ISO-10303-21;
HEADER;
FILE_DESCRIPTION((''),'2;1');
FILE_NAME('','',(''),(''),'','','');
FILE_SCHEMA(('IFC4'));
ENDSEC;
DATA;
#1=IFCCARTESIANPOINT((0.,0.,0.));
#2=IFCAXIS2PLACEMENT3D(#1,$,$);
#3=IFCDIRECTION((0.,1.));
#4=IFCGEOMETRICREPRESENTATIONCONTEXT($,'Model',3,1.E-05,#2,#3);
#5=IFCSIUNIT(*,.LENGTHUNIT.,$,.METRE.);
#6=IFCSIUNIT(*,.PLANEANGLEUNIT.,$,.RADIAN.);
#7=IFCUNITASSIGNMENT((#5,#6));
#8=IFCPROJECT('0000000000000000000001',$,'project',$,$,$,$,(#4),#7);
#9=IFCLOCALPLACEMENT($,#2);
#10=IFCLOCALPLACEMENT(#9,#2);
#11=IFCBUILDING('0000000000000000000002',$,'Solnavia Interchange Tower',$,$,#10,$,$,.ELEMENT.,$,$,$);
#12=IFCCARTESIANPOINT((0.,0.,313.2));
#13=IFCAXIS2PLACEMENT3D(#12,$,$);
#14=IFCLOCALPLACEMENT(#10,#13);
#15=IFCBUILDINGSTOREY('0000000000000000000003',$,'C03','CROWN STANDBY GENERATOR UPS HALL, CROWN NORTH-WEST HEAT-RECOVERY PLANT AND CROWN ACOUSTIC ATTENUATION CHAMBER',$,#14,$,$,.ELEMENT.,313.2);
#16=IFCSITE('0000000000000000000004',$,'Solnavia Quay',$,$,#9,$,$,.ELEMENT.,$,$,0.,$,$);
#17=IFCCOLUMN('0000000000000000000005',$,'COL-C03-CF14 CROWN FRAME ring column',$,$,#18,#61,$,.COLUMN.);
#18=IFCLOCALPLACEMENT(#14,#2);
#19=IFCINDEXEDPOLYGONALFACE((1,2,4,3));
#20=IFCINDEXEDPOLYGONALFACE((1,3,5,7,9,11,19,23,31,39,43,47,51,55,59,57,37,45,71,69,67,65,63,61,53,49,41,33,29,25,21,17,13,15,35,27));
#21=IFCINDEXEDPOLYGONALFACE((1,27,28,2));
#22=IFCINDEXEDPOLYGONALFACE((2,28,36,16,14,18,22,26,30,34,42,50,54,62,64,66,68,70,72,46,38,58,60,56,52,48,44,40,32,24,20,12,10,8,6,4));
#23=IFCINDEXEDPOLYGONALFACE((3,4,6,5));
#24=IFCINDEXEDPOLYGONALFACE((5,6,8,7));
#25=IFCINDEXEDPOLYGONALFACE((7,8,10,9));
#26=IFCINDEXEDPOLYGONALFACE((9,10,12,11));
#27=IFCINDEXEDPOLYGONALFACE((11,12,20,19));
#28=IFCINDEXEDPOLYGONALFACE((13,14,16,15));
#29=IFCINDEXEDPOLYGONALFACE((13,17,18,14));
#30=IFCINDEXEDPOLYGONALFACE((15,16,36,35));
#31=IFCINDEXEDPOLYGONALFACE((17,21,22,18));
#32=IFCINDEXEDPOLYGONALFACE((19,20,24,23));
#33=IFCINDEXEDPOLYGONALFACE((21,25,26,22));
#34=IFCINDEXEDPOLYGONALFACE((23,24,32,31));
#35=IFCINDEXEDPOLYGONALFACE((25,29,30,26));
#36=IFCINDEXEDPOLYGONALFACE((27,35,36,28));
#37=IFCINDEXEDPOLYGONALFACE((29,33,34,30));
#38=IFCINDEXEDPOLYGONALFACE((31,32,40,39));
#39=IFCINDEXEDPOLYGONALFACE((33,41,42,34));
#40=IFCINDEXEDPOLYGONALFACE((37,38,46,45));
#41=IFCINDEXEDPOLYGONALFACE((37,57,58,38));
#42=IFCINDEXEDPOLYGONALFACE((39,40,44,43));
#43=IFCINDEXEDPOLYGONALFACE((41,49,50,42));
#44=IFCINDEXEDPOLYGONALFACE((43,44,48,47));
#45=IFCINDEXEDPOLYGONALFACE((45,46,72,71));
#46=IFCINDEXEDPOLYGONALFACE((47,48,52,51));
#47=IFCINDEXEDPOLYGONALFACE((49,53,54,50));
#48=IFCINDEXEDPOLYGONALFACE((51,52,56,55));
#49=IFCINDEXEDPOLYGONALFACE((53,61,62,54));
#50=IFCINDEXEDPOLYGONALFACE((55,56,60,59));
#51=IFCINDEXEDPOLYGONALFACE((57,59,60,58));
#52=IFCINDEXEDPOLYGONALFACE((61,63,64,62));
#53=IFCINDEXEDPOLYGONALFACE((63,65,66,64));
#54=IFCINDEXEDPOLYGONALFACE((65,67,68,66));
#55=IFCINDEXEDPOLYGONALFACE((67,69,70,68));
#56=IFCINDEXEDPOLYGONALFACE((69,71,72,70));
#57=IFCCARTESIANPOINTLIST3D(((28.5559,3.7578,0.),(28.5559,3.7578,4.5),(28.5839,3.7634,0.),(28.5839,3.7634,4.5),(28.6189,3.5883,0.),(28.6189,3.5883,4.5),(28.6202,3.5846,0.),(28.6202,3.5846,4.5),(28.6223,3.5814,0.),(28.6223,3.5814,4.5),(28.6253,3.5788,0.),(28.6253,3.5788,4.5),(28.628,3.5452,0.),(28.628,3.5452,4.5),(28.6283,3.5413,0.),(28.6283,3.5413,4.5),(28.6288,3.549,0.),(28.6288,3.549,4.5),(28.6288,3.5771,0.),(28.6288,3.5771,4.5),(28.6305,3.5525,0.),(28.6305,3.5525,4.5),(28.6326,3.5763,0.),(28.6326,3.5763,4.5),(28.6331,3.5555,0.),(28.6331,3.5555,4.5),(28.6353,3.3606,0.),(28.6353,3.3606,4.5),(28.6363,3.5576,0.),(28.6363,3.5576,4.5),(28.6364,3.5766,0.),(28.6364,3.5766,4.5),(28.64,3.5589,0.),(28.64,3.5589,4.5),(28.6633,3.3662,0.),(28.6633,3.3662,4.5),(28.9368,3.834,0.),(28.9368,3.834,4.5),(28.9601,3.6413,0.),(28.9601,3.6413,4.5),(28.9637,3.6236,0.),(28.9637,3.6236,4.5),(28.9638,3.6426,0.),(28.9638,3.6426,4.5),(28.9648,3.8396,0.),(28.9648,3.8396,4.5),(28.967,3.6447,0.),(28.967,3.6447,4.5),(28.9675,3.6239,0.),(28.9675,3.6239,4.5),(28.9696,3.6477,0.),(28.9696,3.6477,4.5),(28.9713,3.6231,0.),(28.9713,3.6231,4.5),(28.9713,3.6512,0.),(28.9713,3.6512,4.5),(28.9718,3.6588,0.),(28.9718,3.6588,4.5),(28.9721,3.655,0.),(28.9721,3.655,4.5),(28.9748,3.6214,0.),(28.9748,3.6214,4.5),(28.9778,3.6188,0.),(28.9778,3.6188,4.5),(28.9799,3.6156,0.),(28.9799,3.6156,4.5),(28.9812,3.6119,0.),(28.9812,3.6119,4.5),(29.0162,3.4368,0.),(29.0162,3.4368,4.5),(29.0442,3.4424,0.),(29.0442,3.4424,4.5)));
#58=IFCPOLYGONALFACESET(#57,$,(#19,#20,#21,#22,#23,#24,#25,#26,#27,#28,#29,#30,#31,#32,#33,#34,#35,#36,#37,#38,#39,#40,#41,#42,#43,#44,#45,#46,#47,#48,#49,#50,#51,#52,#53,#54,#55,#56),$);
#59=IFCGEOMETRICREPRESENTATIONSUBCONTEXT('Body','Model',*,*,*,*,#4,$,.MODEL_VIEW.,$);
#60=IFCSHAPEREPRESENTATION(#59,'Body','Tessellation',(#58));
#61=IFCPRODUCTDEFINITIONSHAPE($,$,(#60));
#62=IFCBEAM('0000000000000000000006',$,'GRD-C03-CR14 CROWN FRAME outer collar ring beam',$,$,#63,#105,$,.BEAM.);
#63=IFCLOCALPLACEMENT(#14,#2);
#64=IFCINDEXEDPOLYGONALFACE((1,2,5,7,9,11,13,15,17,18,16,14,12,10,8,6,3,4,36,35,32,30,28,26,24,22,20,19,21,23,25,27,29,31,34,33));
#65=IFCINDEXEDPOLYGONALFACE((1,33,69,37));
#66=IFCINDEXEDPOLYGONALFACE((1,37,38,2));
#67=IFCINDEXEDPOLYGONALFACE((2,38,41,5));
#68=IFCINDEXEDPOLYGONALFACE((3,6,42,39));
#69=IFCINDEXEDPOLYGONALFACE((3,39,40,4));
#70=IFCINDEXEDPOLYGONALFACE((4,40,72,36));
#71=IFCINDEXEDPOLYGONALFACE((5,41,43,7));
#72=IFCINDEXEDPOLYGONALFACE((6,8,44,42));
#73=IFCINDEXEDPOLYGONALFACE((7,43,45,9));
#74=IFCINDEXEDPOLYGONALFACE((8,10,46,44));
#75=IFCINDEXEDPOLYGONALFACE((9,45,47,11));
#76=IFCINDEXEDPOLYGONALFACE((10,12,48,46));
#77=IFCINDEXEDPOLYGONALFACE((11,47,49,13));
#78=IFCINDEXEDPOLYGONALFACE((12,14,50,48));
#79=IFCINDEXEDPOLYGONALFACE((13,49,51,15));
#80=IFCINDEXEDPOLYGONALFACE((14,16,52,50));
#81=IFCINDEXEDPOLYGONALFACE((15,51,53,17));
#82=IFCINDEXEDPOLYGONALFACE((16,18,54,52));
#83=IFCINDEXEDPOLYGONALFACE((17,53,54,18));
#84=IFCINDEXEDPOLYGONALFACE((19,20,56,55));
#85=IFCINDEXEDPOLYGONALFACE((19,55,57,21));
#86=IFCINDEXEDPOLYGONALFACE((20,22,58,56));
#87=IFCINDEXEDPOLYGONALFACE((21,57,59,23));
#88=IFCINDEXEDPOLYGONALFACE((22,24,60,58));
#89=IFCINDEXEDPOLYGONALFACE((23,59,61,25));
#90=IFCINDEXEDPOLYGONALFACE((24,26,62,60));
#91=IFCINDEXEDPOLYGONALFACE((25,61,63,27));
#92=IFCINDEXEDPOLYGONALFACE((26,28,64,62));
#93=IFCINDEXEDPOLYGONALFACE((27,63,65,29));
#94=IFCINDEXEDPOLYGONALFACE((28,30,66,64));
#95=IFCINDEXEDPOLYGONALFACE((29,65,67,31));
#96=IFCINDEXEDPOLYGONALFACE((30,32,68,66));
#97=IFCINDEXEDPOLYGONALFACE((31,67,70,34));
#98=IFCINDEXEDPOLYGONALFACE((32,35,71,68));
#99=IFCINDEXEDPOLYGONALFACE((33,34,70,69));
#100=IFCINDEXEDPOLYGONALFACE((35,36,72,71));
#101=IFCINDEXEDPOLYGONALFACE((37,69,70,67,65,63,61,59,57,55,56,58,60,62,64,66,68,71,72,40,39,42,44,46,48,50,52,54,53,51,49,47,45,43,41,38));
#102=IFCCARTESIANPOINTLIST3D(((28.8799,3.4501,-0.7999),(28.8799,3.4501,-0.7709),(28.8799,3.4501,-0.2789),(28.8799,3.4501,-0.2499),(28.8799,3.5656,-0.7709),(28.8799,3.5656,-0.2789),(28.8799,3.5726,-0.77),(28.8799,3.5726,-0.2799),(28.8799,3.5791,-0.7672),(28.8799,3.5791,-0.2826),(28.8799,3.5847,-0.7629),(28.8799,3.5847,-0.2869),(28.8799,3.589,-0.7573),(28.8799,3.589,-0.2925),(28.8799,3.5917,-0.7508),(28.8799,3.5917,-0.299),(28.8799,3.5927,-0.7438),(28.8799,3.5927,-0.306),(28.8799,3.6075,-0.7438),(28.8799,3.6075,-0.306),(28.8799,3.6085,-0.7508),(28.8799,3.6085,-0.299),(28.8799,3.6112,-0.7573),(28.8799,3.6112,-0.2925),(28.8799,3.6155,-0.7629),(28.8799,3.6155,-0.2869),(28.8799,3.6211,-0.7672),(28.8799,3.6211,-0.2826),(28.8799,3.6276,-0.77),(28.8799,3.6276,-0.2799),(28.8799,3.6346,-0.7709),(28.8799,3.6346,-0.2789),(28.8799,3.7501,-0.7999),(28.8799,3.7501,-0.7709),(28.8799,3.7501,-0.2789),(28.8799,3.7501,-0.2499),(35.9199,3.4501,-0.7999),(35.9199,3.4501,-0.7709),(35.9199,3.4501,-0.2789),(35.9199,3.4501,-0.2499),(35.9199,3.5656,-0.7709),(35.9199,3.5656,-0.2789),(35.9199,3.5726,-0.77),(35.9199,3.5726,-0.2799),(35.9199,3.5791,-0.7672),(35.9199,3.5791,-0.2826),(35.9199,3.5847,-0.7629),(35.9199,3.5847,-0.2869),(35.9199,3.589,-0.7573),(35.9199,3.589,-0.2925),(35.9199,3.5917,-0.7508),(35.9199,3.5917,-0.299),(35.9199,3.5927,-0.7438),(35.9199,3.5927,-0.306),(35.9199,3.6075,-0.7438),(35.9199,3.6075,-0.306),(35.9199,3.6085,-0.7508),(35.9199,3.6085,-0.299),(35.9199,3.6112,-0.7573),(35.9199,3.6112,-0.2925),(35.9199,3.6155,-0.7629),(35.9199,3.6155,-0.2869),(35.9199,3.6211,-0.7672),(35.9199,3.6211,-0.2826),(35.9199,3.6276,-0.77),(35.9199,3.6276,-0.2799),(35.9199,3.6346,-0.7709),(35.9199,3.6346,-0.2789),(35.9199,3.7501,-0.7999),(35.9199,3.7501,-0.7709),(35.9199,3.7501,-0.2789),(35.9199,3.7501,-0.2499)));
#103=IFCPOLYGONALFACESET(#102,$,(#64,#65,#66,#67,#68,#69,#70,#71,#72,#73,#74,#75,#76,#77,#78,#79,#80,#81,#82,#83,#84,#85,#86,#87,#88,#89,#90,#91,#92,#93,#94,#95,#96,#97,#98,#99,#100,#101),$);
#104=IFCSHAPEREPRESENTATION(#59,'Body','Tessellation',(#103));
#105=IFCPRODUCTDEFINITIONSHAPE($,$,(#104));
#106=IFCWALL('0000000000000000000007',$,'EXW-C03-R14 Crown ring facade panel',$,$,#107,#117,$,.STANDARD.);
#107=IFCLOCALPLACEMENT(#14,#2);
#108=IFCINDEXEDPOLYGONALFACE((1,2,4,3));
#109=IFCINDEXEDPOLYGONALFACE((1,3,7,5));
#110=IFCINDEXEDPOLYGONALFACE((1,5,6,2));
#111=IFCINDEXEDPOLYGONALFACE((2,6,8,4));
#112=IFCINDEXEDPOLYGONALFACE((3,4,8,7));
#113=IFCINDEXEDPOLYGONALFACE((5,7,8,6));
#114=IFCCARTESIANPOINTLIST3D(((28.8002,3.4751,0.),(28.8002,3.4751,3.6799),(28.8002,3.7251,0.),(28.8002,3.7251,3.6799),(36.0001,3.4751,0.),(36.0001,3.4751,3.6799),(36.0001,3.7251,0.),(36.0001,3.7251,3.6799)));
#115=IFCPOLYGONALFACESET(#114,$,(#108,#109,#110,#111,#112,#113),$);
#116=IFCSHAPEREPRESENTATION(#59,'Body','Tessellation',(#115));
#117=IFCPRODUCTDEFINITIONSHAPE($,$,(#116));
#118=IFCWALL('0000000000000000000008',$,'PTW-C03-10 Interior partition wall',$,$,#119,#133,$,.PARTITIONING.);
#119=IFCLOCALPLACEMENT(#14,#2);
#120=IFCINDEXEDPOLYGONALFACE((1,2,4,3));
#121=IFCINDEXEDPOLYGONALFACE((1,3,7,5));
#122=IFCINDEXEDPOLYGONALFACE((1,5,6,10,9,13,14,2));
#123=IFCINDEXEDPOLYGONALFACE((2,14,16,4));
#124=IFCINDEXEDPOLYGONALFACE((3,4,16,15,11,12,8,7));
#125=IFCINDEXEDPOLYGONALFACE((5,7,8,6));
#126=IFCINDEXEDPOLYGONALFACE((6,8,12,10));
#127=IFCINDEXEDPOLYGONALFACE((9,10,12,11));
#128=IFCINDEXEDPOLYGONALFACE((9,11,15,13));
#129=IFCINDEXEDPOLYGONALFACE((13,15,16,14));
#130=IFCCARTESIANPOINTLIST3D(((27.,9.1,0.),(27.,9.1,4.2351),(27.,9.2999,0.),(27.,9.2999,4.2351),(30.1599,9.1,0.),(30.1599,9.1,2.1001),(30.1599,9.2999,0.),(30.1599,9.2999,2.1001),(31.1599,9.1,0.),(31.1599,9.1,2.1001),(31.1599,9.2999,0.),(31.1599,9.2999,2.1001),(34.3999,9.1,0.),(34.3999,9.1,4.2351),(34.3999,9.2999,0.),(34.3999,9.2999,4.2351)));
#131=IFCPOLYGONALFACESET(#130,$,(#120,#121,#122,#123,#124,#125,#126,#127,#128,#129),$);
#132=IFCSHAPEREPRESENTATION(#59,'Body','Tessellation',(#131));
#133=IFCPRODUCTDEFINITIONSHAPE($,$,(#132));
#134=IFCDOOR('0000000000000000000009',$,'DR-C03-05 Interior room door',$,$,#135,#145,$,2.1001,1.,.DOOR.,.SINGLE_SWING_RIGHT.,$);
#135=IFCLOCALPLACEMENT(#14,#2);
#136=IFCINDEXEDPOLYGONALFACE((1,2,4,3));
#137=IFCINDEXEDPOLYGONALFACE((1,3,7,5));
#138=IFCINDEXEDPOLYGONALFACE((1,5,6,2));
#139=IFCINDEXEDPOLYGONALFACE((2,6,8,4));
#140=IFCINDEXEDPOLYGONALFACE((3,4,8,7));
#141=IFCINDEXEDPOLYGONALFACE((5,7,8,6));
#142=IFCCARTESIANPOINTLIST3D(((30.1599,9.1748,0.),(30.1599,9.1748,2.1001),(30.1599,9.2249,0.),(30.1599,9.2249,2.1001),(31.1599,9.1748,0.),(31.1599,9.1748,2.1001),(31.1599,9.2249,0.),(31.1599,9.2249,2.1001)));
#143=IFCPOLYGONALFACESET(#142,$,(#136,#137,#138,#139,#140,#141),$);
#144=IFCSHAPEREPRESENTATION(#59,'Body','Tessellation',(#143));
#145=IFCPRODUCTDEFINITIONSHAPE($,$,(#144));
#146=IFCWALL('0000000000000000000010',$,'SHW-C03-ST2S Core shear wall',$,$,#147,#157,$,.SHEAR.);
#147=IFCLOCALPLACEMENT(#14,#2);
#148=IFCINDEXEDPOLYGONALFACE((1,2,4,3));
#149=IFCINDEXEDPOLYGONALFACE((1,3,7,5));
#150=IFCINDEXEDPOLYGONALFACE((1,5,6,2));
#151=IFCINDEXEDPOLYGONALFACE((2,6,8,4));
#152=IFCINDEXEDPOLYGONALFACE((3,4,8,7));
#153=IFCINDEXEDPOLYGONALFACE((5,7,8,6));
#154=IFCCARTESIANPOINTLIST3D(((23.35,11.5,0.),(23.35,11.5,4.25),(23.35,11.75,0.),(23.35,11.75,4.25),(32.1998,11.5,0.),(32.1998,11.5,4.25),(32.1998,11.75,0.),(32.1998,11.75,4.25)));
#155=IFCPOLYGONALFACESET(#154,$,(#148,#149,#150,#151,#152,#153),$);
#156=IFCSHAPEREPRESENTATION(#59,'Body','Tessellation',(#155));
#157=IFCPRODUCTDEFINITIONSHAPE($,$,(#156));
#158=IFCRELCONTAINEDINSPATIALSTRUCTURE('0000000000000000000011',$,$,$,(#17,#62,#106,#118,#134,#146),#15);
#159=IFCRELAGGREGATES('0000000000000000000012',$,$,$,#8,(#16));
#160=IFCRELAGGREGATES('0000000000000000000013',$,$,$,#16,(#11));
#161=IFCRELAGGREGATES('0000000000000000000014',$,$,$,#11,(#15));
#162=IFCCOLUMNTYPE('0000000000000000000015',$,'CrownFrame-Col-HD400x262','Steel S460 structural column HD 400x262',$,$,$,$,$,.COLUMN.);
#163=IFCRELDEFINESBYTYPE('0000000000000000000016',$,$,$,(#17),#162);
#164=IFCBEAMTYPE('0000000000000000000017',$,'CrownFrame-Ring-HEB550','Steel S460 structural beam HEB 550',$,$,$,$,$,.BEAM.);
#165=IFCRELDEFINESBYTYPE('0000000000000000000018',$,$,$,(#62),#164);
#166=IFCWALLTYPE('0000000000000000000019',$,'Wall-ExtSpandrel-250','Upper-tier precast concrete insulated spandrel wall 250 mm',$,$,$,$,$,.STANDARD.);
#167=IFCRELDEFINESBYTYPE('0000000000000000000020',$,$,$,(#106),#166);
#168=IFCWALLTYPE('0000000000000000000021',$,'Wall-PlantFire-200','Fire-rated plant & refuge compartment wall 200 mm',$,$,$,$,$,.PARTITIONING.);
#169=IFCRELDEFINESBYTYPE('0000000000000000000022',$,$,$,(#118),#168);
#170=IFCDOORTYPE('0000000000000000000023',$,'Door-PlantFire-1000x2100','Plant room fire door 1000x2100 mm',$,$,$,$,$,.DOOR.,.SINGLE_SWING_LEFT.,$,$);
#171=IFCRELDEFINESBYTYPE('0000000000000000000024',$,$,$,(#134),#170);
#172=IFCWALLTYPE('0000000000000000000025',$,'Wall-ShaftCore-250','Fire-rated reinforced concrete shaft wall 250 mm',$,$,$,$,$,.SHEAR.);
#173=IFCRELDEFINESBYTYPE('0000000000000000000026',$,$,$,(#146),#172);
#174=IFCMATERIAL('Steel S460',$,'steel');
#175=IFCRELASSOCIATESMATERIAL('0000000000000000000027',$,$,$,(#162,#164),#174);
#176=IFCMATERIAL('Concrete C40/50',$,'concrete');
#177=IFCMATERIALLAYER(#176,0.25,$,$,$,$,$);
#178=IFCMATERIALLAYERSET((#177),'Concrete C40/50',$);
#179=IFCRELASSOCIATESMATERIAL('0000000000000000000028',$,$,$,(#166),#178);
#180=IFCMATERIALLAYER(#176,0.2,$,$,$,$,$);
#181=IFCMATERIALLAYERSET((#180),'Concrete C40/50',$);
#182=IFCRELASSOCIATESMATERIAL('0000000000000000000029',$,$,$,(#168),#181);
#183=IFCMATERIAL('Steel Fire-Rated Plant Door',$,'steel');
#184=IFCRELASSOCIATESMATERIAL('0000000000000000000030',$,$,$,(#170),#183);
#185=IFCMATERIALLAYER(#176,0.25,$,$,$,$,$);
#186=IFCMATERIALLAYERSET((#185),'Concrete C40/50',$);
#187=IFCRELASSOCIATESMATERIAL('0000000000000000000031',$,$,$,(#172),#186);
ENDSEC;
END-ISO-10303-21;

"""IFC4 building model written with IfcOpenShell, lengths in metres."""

from ifc_helpers import new_model, si_unit, direction, frame, frame_2d, origin, origin_2d, place, context, subcontext, project, spatial, rectangle, i_section, extrude, material, layer, layer_set, material_profile, profile_set, type_object, element, fill, save


model = new_model("IFC4")

# Units and contexts
model_context = context("Model", 3, precision=1e-05, world=origin(), true_north=direction((0.0, 1.0)))
body_context = subcontext(model_context, "Body", "Model", "MODEL_VIEW")
ifc_project = project(units=[si_unit("LENGTHUNIT", "METRE"), si_unit("PLANEANGLEUNIT", "RADIAN")], contexts=[model_context])

# Site, building, storey
site_placement = place(None, origin())
site = spatial("IfcSite", under=ifc_project, at=site_placement, Name="Solnavia Quay", CompositionType="ELEMENT", RefElevation=0.0)
building_placement = place(site_placement, origin())
building = spatial("IfcBuilding", under=site, at=building_placement, Name="Solnavia Interchange Tower", CompositionType="ELEMENT")
storey_placement = place(building_placement, frame((0.0, 0.0, 313.2)))
storey = spatial("IfcBuildingStorey", under=building, at=storey_placement, Name="C03", Description="CROWN STANDBY GENERATOR UPS HALL, CROWN NORTH-WEST HEAT-RECOVERY PLANT AND CROWN ACOUSTIC ATTENUATION CHAMBER", CompositionType="ELEMENT", Elevation=313.2)

# Column
ifc_material_1 = material(Name="Steel S460", Category="steel")
ifc_material_profile_1 = material_profile(ifc_material_1, i_section(OverallWidth=0.405, OverallDepth=0.417, WebThickness=0.0181, FlangeThickness=0.0286, FilletRadius=0.0149, at=origin_2d()), Name="HD 400x262")
ifc_profile_set_1 = profile_set([ifc_material_profile_1], Name="Steel S460")
column_type = type_object("IfcColumnType", Name="CrownFrame-Col-HD400x262", Description="Steel S460 structural column HD 400x262", PredefinedType="COLUMN", material=ifc_profile_set_1)
column_placement = place(storey_placement, frame((28.8, 3.6001, 0.0), z_axis=(0.0, 0.0, 1.0), x_axis=(0.196117, -0.98058, 0.0)))
element("IfcColumn", 1, at=column_placement, inside=storey, type_object=column_type, Name="COL-C03-CF14 CROWN FRAME ring column", PredefinedType="COLUMN", context=body_context, shape_type="SweptSolid", body=[
    extrude(i_section(OverallWidth=0.405, OverallDepth=0.417, WebThickness=0.0181, FlangeThickness=0.0286, FilletRadius=0.0149, at=origin_2d()), origin(), (0.0, 0.0, 1.0), 4.5),
])

# Beam
ifc_material_profile_2 = material_profile(ifc_material_1, i_section(OverallWidth=0.3, OverallDepth=0.55, WebThickness=0.0149, FlangeThickness=0.0291, FilletRadius=0.0271, at=origin_2d()), Name="HEB 550")
ifc_profile_set_2 = profile_set([ifc_material_profile_2], Name="Steel S460")
beam_type = type_object("IfcBeamType", Name="CrownFrame-Ring-HEB550", Description="Steel S460 structural beam HEB 550", PredefinedType="BEAM", material=ifc_profile_set_2)
beam_placement = place(storey_placement, frame((28.8799, 3.6001, -0.5249), z_axis=(1.0, 0.0, 0.0), x_axis=(0.0, 1.0, 0.0)))
element("IfcBeam", 2, at=beam_placement, inside=storey, type_object=beam_type, Name="GRD-C03-CR14 CROWN FRAME outer collar ring beam", PredefinedType="BEAM", context=body_context, shape_type="SweptSolid", body=[
    extrude(i_section(OverallWidth=0.3, OverallDepth=0.55, WebThickness=0.0149, FlangeThickness=0.0291, FilletRadius=0.0271, at=origin_2d()), origin(), (0.0, 0.0, 1.0), 7.04),
])

# Wall
ifc_material_2 = material(Name="Concrete C40/50", Category="concrete")
ifc_layer_1 = layer(ifc_material_2, 0.25)
ifc_layer_set_1 = layer_set([ifc_layer_1], Name="Concrete C40/50")
wall_type_1 = type_object("IfcWallType", Name="Wall-ExtSpandrel-250", Description="Upper-tier precast concrete insulated spandrel wall 250 mm", PredefinedType="STANDARD", material=ifc_layer_set_1)
wall_1_placement = place(storey_placement, frame((28.8, 3.6001, 0.0), z_axis=(0.0, 0.0, 1.0), x_axis=(1.0, 0.0, 0.0)))
element("IfcWall", 3, at=wall_1_placement, inside=storey, type_object=wall_type_1, Name="EXW-C03-R14 Crown ring facade panel", PredefinedType="STANDARD", context=body_context, shape_type="SweptSolid", body=[
    extrude(rectangle(XDim=7.2, YDim=0.25, at=frame_2d((3.6001, 0.0))), origin(), (0.0, 0.0, 1.0), 3.6799),
])

# Wall, opening, door
ifc_layer_2 = layer(ifc_material_2, 0.2)
ifc_layer_set_2 = layer_set([ifc_layer_2], Name="Concrete C40/50")
wall_type_2 = type_object("IfcWallType", Name="Wall-PlantFire-200", Description="Fire-rated plant & refuge compartment wall 200 mm", PredefinedType="PARTITIONING", material=ifc_layer_set_2)
wall_2_placement = place(storey_placement, frame((27.0, 9.2, 0.0), z_axis=(0.0, 0.0, 1.0), x_axis=(1.0, 0.0, 0.0)))
wall_2 = element("IfcWall", 4, at=wall_2_placement, inside=storey, type_object=wall_type_2, Name="PTW-C03-10 Interior partition wall", PredefinedType="PARTITIONING", context=body_context, shape_type="SweptSolid", body=[
    extrude(rectangle(XDim=7.3999, YDim=0.2, at=frame_2d((3.7, 0.0))), origin(), (0.0, 0.0, 1.0), 4.2351),
])
opening_1_placement = place(wall_2_placement, frame((3.1599, 0.0, 0.0)))
opening_1 = element("IfcOpeningElement", 5, at=opening_1_placement, cuts=wall_2, PredefinedType="OPENING", context=body_context, shape_type="SweptSolid", body=[
    extrude(rectangle(XDim=1.0, YDim=2.1001, at=frame_2d((0.5, 1.05))), frame((0.0, 0.1099, 0.0), z_axis=(0.0, -1.0, 0.0), x_axis=(1.0, 0.0, 0.0)), (0.0, 0.0, 1.0), 0.22),
])
ifc_material_3 = material(Name="Steel Fire-Rated Plant Door", Category="steel")
door_type_1 = type_object("IfcDoorType", Name="Door-PlantFire-1000x2100", Description="Plant room fire door 1000x2100 mm", OperationType="SINGLE_SWING_LEFT", PredefinedType="DOOR", material=ifc_material_3)
door_1_placement = place(opening_1_placement, origin())
door_1 = element("IfcDoor", 6, at=door_1_placement, inside=storey, type_object=door_type_1, Name="DR-C03-05 Interior room door", OperationType="SINGLE_SWING_RIGHT", OverallHeight=2.1001, OverallWidth=1.0, PredefinedType="DOOR", context=body_context, shape_type="SweptSolid", body=[
    extrude(rectangle(XDim=1.0, YDim=2.1001, at=frame_2d((0.5, 1.05))), frame((0.0, 0.0249, 0.0), z_axis=(0.0, -1.0, 0.0), x_axis=(1.0, 0.0, 0.0)), (0.0, 0.0, 1.0), 0.05),
])
fill(opening_1, door_1)

# Wall
ifc_layer_3 = layer(ifc_material_2, 0.25)
ifc_layer_set_3 = layer_set([ifc_layer_3], Name="Concrete C40/50")
wall_type_3 = type_object("IfcWallType", Name="Wall-ShaftCore-250", Description="Fire-rated reinforced concrete shaft wall 250 mm", PredefinedType="SHEAR", material=ifc_layer_set_3)
wall_3_placement = place(storey_placement, frame((23.3501, 11.625, 0.0), z_axis=(0.0, 0.0, 1.0), x_axis=(1.0, 0.0, 0.0)))
element("IfcWall", 7, at=wall_3_placement, inside=storey, type_object=wall_type_3, Name="SHW-C03-ST2S Core shear wall", PredefinedType="SHEAR", context=body_context, shape_type="SweptSolid", body=[
    extrude(rectangle(XDim=8.8499, YDim=0.25, at=frame_2d((4.4248, 0.0))), origin(), (0.0, 0.0, 1.0), 4.25),
])

save(model, "model.ifc")
